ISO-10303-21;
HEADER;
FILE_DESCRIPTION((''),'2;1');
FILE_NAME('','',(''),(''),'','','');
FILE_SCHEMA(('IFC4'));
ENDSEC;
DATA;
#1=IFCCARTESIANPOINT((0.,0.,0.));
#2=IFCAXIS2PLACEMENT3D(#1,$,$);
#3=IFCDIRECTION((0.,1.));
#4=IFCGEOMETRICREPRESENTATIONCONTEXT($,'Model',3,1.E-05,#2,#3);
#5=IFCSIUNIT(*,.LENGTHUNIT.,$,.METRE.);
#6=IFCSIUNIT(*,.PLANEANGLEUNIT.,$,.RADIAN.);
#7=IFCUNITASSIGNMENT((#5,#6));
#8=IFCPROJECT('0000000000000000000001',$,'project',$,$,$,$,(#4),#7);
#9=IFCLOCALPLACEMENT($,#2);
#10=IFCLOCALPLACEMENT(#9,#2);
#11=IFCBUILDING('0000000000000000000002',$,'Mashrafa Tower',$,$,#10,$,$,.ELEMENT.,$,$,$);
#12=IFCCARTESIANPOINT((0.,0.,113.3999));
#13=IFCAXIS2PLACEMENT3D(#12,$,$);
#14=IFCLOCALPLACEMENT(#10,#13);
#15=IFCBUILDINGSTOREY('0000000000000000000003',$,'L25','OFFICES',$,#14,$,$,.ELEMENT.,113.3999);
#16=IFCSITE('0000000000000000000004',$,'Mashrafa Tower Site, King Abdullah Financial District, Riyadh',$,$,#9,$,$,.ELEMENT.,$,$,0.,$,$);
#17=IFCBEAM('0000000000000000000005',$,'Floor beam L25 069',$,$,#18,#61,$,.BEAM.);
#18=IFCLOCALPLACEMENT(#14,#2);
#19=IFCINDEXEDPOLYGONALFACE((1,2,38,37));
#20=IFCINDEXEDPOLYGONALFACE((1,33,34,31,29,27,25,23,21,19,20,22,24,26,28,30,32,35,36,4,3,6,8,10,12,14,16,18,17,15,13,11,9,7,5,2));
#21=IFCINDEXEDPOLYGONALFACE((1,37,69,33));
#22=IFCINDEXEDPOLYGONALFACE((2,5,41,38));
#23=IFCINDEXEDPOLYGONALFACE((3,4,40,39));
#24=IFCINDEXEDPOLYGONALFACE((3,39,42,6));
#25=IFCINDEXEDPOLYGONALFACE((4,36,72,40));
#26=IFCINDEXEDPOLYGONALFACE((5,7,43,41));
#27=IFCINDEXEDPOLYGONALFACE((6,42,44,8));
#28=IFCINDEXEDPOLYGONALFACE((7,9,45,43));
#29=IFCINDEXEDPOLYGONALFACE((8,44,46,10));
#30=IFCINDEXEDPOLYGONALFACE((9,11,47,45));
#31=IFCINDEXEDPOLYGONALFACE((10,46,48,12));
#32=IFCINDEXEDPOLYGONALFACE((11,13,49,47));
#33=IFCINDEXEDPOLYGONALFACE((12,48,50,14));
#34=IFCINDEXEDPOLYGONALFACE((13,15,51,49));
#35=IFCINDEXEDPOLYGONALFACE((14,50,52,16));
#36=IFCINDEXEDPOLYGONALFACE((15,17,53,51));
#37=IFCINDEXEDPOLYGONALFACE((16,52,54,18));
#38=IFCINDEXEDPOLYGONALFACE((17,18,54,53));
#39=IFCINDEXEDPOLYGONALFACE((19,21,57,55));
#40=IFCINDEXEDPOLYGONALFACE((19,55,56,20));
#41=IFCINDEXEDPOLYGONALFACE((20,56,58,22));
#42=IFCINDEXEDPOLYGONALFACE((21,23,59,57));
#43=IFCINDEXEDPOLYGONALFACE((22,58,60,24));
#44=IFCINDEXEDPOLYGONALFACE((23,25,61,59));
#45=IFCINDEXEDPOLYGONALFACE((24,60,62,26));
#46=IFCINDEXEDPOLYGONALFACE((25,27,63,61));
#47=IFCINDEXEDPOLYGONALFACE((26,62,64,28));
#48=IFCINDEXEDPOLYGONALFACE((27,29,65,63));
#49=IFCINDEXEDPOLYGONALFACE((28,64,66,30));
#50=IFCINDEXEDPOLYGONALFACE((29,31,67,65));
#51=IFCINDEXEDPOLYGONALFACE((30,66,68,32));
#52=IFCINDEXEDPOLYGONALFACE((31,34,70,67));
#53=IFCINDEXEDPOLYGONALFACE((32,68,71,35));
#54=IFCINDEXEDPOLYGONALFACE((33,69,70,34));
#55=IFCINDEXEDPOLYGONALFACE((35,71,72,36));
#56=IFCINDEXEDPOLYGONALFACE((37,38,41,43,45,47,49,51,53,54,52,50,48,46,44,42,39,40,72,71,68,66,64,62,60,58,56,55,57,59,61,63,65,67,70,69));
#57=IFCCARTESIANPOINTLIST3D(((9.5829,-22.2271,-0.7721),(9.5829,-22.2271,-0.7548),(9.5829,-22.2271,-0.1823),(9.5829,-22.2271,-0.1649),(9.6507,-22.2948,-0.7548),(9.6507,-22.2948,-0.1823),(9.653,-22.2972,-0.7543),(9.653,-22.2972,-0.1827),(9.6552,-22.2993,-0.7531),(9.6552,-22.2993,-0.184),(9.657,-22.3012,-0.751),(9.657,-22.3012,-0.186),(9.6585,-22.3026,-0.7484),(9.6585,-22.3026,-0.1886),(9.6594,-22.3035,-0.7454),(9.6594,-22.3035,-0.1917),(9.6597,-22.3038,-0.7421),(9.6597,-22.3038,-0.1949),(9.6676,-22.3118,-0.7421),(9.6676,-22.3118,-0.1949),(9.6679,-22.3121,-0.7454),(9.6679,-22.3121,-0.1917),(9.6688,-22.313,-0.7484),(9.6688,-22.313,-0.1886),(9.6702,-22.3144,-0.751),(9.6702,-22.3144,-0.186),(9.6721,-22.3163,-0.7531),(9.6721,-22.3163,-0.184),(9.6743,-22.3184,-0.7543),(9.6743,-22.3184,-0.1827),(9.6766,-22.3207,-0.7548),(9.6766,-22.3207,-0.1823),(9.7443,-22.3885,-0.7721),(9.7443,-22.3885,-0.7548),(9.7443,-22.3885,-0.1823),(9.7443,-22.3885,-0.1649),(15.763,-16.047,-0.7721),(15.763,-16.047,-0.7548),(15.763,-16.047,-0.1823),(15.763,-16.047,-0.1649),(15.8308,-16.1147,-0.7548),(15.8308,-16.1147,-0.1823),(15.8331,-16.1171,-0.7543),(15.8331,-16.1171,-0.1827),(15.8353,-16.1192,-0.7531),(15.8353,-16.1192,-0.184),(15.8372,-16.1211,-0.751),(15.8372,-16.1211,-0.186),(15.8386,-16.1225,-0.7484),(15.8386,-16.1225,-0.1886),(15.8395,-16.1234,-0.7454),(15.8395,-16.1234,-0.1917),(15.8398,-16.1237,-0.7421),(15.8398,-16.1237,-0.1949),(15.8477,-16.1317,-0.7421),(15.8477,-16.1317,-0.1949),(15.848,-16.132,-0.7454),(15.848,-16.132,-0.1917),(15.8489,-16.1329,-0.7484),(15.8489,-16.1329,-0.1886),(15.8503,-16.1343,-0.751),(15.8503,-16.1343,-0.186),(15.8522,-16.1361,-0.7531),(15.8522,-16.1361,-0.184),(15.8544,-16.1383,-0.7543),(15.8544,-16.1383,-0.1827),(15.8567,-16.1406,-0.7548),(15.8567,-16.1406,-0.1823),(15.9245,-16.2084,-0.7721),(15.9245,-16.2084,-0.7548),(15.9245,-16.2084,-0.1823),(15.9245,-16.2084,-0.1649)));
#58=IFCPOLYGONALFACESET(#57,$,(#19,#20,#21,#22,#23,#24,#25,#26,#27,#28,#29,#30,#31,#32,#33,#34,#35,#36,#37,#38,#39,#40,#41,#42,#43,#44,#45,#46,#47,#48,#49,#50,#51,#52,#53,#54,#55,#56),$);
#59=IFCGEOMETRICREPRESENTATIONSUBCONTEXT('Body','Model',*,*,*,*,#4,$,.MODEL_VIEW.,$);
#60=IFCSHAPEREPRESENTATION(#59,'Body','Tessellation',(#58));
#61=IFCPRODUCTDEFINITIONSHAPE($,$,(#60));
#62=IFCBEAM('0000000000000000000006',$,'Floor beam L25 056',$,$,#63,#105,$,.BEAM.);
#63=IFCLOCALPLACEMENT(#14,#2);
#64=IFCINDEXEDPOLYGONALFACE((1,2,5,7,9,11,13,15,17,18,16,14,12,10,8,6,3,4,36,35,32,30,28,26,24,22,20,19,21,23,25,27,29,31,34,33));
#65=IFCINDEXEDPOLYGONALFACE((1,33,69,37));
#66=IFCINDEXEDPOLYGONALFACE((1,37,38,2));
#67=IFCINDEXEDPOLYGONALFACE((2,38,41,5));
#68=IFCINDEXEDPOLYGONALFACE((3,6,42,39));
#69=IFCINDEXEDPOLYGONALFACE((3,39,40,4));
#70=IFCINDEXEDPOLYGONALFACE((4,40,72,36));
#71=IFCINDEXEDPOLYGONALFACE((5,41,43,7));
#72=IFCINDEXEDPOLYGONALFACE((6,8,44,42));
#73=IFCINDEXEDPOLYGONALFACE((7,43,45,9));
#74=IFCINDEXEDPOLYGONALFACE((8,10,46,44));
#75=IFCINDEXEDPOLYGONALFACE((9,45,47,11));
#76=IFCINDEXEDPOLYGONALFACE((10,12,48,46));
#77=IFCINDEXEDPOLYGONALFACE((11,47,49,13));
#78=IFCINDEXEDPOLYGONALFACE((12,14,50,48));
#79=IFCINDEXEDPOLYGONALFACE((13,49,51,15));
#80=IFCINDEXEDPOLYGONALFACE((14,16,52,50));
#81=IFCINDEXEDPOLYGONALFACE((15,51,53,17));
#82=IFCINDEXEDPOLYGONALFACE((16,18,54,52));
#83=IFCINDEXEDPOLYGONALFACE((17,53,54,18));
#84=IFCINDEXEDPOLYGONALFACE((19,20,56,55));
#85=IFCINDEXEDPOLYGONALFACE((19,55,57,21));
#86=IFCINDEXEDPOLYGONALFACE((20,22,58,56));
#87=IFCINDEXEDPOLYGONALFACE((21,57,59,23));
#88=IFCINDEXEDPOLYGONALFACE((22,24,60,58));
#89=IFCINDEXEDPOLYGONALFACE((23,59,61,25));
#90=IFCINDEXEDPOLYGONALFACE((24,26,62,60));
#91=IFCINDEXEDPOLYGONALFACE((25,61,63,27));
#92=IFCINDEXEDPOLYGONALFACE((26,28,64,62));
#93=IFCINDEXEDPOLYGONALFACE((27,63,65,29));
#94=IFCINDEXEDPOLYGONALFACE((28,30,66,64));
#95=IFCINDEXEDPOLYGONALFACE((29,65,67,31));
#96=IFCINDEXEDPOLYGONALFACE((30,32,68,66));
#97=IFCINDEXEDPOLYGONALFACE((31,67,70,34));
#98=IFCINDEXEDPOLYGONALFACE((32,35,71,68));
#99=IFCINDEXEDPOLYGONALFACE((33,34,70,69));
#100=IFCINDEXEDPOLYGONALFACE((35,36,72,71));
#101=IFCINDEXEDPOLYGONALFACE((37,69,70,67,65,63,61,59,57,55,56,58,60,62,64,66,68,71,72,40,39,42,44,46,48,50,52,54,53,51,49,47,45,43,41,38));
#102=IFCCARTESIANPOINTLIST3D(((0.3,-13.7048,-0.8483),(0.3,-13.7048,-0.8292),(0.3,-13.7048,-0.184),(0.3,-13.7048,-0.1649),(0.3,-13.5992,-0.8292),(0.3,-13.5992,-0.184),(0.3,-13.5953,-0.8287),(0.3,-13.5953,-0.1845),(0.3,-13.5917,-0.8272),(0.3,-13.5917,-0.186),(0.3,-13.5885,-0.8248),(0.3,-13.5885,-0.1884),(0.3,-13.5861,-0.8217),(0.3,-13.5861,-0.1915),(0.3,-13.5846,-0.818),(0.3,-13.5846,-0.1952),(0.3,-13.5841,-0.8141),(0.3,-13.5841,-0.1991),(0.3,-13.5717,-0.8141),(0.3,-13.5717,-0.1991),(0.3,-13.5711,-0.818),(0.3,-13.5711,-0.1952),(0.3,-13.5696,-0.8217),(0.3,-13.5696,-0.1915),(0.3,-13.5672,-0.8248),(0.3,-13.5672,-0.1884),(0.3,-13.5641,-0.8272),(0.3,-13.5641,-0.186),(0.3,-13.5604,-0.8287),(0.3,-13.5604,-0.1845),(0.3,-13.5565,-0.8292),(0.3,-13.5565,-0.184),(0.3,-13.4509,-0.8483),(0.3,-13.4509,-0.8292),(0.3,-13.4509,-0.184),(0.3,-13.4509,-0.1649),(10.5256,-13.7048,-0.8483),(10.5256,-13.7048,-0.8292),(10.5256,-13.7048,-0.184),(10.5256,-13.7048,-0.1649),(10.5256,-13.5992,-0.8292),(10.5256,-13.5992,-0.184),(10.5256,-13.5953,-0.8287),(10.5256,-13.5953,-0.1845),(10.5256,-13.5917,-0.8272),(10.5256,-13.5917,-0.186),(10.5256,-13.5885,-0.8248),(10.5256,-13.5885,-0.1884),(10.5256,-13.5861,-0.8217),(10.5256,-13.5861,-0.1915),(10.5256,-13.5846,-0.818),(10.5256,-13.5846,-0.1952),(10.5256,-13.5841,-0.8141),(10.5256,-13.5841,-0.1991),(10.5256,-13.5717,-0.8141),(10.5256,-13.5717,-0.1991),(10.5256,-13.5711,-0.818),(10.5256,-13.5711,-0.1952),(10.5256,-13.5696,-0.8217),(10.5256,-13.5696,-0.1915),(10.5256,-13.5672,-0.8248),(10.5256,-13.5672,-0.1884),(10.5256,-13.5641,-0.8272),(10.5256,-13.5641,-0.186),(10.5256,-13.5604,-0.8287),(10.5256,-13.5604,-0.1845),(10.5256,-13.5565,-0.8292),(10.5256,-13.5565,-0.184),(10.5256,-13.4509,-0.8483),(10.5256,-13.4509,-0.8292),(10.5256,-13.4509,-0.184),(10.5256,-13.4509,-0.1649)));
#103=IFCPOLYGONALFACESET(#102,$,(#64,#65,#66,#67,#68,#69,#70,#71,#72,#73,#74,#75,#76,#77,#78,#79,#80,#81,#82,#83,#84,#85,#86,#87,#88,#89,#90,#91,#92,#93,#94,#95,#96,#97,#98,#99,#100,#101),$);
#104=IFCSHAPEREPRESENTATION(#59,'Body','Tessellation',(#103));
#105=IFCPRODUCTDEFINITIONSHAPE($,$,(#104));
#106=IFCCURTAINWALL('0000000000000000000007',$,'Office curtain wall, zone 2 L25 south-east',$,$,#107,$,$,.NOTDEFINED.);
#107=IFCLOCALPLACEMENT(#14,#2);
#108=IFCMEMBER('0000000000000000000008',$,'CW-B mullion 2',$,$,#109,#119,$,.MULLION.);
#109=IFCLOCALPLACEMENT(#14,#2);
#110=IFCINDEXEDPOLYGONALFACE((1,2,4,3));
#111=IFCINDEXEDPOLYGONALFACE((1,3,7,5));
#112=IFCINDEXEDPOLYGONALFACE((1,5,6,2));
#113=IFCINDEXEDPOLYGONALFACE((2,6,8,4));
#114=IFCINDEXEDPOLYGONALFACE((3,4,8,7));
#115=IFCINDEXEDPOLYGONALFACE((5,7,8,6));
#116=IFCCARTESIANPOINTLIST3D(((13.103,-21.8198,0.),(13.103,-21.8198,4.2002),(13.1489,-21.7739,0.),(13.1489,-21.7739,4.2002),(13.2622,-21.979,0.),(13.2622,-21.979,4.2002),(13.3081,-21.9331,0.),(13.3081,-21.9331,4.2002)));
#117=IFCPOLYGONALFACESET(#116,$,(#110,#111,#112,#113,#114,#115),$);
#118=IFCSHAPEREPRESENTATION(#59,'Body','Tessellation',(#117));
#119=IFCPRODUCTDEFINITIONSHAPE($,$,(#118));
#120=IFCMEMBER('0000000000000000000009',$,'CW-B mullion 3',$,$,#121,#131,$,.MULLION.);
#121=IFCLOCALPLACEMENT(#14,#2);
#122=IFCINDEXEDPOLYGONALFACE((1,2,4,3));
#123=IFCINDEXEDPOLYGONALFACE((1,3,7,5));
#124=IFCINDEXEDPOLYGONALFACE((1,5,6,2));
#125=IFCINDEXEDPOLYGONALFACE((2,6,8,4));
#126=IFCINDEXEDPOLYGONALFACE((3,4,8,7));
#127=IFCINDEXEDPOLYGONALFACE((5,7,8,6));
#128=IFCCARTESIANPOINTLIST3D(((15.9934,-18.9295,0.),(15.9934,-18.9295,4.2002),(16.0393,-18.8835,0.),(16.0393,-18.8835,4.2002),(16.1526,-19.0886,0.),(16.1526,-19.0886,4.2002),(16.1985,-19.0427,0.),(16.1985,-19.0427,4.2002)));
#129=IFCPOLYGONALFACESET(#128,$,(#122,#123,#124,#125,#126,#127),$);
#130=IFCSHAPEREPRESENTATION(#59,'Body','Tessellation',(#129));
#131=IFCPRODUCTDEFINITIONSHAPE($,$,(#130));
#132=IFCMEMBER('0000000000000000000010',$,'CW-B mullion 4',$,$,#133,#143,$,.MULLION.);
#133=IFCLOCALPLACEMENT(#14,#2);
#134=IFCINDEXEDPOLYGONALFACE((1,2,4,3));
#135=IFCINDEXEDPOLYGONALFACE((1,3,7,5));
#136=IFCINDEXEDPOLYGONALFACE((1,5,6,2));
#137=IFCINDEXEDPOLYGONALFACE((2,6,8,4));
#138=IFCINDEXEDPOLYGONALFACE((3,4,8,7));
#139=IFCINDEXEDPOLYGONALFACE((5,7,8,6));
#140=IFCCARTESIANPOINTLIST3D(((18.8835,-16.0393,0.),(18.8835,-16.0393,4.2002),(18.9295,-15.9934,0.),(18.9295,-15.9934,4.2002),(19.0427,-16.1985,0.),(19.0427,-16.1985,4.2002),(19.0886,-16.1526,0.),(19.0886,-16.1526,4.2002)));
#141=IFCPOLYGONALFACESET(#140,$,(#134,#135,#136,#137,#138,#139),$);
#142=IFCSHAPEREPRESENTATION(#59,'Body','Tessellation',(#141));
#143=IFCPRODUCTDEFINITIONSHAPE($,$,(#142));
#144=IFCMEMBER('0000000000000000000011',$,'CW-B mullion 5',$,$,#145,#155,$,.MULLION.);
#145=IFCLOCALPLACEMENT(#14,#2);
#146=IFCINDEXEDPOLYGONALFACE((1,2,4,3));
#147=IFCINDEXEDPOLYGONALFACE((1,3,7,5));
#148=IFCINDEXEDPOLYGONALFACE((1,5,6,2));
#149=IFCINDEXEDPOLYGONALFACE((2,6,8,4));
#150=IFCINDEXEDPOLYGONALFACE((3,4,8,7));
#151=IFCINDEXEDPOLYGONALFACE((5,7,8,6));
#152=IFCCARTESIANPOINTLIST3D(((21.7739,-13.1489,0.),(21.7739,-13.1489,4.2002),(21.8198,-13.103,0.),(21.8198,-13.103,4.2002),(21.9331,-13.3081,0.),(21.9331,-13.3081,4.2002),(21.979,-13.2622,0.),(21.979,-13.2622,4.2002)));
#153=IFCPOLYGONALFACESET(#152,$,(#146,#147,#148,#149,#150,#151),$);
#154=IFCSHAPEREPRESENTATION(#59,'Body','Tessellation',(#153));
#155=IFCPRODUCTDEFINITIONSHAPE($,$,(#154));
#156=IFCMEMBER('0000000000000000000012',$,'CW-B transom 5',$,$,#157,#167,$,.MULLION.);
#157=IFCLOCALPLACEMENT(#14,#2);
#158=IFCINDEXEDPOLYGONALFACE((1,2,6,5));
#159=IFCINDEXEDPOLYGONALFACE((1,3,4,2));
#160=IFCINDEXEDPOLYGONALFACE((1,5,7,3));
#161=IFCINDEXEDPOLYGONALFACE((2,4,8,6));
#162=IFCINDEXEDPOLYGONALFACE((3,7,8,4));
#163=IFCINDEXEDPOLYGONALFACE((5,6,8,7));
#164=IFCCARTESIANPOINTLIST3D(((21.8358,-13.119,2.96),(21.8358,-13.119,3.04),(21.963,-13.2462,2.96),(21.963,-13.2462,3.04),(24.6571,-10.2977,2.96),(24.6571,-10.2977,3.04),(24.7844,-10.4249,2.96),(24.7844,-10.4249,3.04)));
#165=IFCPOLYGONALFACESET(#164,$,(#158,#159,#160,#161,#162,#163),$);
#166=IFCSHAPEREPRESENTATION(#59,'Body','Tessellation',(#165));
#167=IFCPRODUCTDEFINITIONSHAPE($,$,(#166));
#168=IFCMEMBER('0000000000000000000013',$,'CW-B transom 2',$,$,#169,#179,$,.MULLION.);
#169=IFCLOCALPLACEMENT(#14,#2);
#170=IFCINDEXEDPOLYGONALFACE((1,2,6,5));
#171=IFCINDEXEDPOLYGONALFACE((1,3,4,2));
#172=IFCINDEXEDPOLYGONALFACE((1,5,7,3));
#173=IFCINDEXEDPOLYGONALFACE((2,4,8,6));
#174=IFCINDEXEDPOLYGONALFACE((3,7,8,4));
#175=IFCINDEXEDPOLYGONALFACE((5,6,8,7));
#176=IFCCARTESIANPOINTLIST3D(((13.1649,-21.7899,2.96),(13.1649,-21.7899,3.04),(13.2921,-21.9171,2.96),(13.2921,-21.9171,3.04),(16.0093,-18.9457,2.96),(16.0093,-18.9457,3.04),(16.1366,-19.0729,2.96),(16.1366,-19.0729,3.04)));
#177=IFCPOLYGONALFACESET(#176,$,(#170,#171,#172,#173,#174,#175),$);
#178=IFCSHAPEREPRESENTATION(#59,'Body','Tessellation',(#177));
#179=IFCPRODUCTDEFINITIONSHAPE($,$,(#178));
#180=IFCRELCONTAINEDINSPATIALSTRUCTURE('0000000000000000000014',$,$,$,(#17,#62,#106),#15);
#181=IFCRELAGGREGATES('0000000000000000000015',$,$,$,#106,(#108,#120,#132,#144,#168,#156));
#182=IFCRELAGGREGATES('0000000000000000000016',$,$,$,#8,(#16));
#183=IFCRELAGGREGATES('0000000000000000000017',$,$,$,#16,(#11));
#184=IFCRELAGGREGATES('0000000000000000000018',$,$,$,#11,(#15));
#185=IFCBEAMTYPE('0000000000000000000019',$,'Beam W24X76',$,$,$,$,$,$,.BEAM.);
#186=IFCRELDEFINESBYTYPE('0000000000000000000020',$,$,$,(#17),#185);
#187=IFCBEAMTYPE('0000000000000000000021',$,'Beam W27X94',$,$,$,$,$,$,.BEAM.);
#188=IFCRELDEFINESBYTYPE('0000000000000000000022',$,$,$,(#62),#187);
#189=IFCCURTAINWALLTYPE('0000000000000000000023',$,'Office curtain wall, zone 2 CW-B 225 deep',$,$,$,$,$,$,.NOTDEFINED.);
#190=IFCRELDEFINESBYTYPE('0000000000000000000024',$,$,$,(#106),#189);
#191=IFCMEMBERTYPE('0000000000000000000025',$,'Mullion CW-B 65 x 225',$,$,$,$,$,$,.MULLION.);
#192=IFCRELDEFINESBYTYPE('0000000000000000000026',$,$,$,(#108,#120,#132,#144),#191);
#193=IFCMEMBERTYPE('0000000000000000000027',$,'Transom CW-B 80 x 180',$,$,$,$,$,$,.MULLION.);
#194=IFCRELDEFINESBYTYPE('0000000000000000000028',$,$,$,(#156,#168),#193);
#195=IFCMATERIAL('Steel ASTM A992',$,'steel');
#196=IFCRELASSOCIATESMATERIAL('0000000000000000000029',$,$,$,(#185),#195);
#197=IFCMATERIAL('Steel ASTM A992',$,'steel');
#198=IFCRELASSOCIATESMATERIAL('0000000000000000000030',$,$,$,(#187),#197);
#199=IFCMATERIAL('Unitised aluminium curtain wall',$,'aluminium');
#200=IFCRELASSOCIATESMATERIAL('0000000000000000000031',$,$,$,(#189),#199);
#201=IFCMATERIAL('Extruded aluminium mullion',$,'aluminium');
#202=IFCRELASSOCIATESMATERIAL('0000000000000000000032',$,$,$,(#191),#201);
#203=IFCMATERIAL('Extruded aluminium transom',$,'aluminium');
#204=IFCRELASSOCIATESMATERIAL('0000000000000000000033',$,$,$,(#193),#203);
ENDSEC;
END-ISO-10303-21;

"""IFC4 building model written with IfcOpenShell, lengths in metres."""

from ifc_helpers import new_model, si_unit, direction, frame, origin, origin_2d, place, context, subcontext, project, spatial, rectangle, i_section, extrude, source, transform, mapped, material, material_profile, profile_set, type_object, type_shapes, element, aggregate, save


model = new_model("IFC4")

# Units and contexts
model_context = context("Model", 3, precision=1e-05, world=origin(), true_north=direction((0.0, 1.0)))
body_context = subcontext(model_context, "Body", "Model", "MODEL_VIEW")
ifc_project = project(units=[si_unit("LENGTHUNIT", "METRE"), si_unit("PLANEANGLEUNIT", "RADIAN")], contexts=[model_context])

# Site, building, storey
site_placement = place(None, origin())
site = spatial("IfcSite", under=ifc_project, at=site_placement, Name="Mashrafa Tower Site, King Abdullah Financial District, Riyadh", CompositionType="ELEMENT", RefElevation=0.0)
building_placement = place(site_placement, origin())
building = spatial("IfcBuilding", under=site, at=building_placement, Name="Mashrafa Tower", CompositionType="ELEMENT")
storey_placement = place(building_placement, frame((0.0, 0.0, 113.3999)))
storey = spatial("IfcBuildingStorey", under=building, at=storey_placement, Name="L25", Description="OFFICES", CompositionType="ELEMENT", Elevation=113.3999)

# Beams
ifc_material_1 = material(Name="Steel ASTM A992", Category="steel")
ifc_material_profile_1 = material_profile(ifc_material_1, i_section(OverallWidth=0.2283, OverallDepth=0.6072, WebThickness=0.0112, FlangeThickness=0.0173, FilletRadius=0.0127, at=origin_2d()), Name="W24X76")
ifc_profile_set_1 = profile_set([ifc_material_profile_1], Name="Steel ASTM A992")
beam_type_1 = type_object("IfcBeamType", Name="Beam W24X76", PredefinedType="BEAM", material=ifc_profile_set_1)
beam_1_placement = place(storey_placement, frame((15.8438, -16.1277, -0.4685), z_axis=(-0.707107, -0.707107, 0.0), x_axis=(0.707107, -0.707107, 0.0)))
element("IfcBeam", 1, at=beam_1_placement, inside=storey, type_object=beam_type_1, Name="Floor beam L25 069", PredefinedType="BEAM", context=body_context, shape_type="SweptSolid", body=[
    extrude(i_section(OverallWidth=0.2283, OverallDepth=0.6072, WebThickness=0.0112, FlangeThickness=0.0173, FilletRadius=0.0127, at=origin_2d()), origin(), (0.0, 0.0, 1.0), 8.74),
])
ifc_material_2 = material(Name="Steel ASTM A992", Category="steel")
ifc_material_profile_2 = material_profile(ifc_material_2, i_section(OverallWidth=0.2539, OverallDepth=0.6833, WebThickness=0.0125, FlangeThickness=0.019, FilletRadius=0.0151, at=origin_2d()), Name="W27X94")
ifc_profile_set_2 = profile_set([ifc_material_profile_2], Name="Steel ASTM A992")
beam_type_2 = type_object("IfcBeamType", Name="Beam W27X94", PredefinedType="BEAM", material=ifc_profile_set_2)
beam_2_placement = place(storey_placement, frame((10.5256, -13.5779, -0.5066), z_axis=(-1.0, 0.0, 0.0), x_axis=(0.0, -1.0, 0.0)))
element("IfcBeam", 2, at=beam_2_placement, inside=storey, type_object=beam_type_2, Name="Floor beam L25 056", PredefinedType="BEAM", context=body_context, shape_type="SweptSolid", body=[
    extrude(i_section(OverallWidth=0.2539, OverallDepth=0.6833, WebThickness=0.0125, FlangeThickness=0.019, FilletRadius=0.0151, at=origin_2d()), origin(), (0.0, 0.0, 1.0), 10.2256),
])

# Curtain wall, members
ifc_material_3 = material(Name="Unitised aluminium curtain wall", Category="aluminium")
curtain_wall_type = type_object("IfcCurtainWallType", Name="Office curtain wall, zone 2 CW-B 225 deep", PredefinedType="NOTDEFINED", material=ifc_material_3)
curtain_wall_placement = place(storey_placement, origin())
curtain_wall = element("IfcCurtainWall", 3, at=curtain_wall_placement, inside=storey, type_object=curtain_wall_type, Name="Office curtain wall, zone 2 L25 south-east", PredefinedType="NOTDEFINED")
ifc_material_4 = material(Name="Extruded aluminium mullion", Category="aluminium")
ifc_material_profile_3 = material_profile(ifc_material_4, rectangle(XDim=0.2251, YDim=0.0649, at=origin_2d()), Name="Mullion 65x225")
ifc_profile_set_3 = profile_set([ifc_material_profile_3], Name="Extruded aluminium mullion")
member_type_1 = type_object("IfcMemberType", Name="Mullion CW-B 65 x 225", PredefinedType="MULLION", material=ifc_profile_set_3)
shared_shape_1 = source(origin(), body_context, "Body", "SweptSolid", [
    extrude(rectangle(XDim=0.2251, YDim=0.0649, at=origin_2d()), origin(), (0.0, 0.0, 1.0), 4.2002),
])
type_shapes(member_type_1, [shared_shape_1])
member_1_placement = place(storey_placement, frame((13.2056, -21.8765, 0.0), z_axis=(0.0, 0.0, 1.0), x_axis=(-0.707107, 0.707107, 0.0)))
member_1 = element("IfcMember", 4, at=member_1_placement, type_object=member_type_1, Name="CW-B mullion 2", PredefinedType="MULLION", context=body_context, shape_type="MappedRepresentation", body=[
    mapped(shared_shape_1, transform((0.0, 0.0, 0.0))),
])
member_2_placement = place(storey_placement, frame((16.0959, -18.9861, 0.0), z_axis=(0.0, 0.0, 1.0), x_axis=(-0.707107, 0.707107, 0.0)))
member_2 = element("IfcMember", 5, at=member_2_placement, type_object=member_type_1, Name="CW-B mullion 3", PredefinedType="MULLION", context=body_context, shape_type="MappedRepresentation", body=[
    mapped(shared_shape_1, transform((0.0, 0.0, 0.0))),
])
member_3_placement = place(storey_placement, frame((18.9861, -16.0959, 0.0), z_axis=(0.0, 0.0, 1.0), x_axis=(-0.707107, 0.707107, 0.0)))
member_3 = element("IfcMember", 6, at=member_3_placement, type_object=member_type_1, Name="CW-B mullion 4", PredefinedType="MULLION", context=body_context, shape_type="MappedRepresentation", body=[
    mapped(shared_shape_1, transform((0.0, 0.0, 0.0))),
])
member_4_placement = place(storey_placement, frame((21.8765, -13.2056, 0.0), z_axis=(0.0, 0.0, 1.0), x_axis=(-0.707107, 0.707107, 0.0)))
member_4 = element("IfcMember", 7, at=member_4_placement, type_object=member_type_1, Name="CW-B mullion 5", PredefinedType="MULLION", context=body_context, shape_type="MappedRepresentation", body=[
    mapped(shared_shape_1, transform((0.0, 0.0, 0.0))),
])
ifc_material_5 = material(Name="Extruded aluminium transom", Category="aluminium")
ifc_material_profile_4 = material_profile(ifc_material_5, rectangle(XDim=0.1799, YDim=0.0801, at=origin_2d()), Name="Transom 80x180")
ifc_profile_set_4 = profile_set([ifc_material_profile_4], Name="Extruded aluminium transom")
member_type_2 = type_object("IfcMemberType", Name="Transom CW-B 80 x 180", PredefinedType="MULLION", material=ifc_profile_set_4)
shared_shape_2 = source(origin(), body_context, "Body", "SweptSolid", [
    extrude(rectangle(XDim=0.1799, YDim=0.0801, at=origin_2d()), origin(), (0.0, 0.0, 1.0), 3.99),
])
member_5_placement = place(storey_placement, frame((21.8994, -13.1826, 3.0), z_axis=(0.707107, 0.707107, 0.0), x_axis=(-0.707107, 0.707107, 0.0)))
member_5 = element("IfcMember", 8, at=member_5_placement, type_object=member_type_2, Name="CW-B transom 5", PredefinedType="MULLION", context=body_context, shape_type="MappedRepresentation", body=[
    mapped(shared_shape_2, transform((0.0, 0.0, 0.0))),
])
shared_shape_3 = source(origin(), body_context, "Body", "SweptSolid", [
    extrude(rectangle(XDim=0.1799, YDim=0.0801, at=origin_2d()), origin(), (0.0, 0.0, 1.0), 4.0225),
])
type_shapes(member_type_2, [shared_shape_2, shared_shape_3])
member_6_placement = place(storey_placement, frame((13.2285, -21.8535, 3.0), z_axis=(0.707137, 0.707076, 0.0), x_axis=(-0.707076, 0.707137, 0.0)))
member_6 = element("IfcMember", 9, at=member_6_placement, type_object=member_type_2, Name="CW-B transom 2", PredefinedType="MULLION", context=body_context, shape_type="MappedRepresentation", body=[
    mapped(shared_shape_3, transform((0.0, 0.0, 0.0))),
])
aggregate(curtain_wall, [member_1, member_2, member_3, member_4, member_6, member_5])

save(model, "model.ifc")
